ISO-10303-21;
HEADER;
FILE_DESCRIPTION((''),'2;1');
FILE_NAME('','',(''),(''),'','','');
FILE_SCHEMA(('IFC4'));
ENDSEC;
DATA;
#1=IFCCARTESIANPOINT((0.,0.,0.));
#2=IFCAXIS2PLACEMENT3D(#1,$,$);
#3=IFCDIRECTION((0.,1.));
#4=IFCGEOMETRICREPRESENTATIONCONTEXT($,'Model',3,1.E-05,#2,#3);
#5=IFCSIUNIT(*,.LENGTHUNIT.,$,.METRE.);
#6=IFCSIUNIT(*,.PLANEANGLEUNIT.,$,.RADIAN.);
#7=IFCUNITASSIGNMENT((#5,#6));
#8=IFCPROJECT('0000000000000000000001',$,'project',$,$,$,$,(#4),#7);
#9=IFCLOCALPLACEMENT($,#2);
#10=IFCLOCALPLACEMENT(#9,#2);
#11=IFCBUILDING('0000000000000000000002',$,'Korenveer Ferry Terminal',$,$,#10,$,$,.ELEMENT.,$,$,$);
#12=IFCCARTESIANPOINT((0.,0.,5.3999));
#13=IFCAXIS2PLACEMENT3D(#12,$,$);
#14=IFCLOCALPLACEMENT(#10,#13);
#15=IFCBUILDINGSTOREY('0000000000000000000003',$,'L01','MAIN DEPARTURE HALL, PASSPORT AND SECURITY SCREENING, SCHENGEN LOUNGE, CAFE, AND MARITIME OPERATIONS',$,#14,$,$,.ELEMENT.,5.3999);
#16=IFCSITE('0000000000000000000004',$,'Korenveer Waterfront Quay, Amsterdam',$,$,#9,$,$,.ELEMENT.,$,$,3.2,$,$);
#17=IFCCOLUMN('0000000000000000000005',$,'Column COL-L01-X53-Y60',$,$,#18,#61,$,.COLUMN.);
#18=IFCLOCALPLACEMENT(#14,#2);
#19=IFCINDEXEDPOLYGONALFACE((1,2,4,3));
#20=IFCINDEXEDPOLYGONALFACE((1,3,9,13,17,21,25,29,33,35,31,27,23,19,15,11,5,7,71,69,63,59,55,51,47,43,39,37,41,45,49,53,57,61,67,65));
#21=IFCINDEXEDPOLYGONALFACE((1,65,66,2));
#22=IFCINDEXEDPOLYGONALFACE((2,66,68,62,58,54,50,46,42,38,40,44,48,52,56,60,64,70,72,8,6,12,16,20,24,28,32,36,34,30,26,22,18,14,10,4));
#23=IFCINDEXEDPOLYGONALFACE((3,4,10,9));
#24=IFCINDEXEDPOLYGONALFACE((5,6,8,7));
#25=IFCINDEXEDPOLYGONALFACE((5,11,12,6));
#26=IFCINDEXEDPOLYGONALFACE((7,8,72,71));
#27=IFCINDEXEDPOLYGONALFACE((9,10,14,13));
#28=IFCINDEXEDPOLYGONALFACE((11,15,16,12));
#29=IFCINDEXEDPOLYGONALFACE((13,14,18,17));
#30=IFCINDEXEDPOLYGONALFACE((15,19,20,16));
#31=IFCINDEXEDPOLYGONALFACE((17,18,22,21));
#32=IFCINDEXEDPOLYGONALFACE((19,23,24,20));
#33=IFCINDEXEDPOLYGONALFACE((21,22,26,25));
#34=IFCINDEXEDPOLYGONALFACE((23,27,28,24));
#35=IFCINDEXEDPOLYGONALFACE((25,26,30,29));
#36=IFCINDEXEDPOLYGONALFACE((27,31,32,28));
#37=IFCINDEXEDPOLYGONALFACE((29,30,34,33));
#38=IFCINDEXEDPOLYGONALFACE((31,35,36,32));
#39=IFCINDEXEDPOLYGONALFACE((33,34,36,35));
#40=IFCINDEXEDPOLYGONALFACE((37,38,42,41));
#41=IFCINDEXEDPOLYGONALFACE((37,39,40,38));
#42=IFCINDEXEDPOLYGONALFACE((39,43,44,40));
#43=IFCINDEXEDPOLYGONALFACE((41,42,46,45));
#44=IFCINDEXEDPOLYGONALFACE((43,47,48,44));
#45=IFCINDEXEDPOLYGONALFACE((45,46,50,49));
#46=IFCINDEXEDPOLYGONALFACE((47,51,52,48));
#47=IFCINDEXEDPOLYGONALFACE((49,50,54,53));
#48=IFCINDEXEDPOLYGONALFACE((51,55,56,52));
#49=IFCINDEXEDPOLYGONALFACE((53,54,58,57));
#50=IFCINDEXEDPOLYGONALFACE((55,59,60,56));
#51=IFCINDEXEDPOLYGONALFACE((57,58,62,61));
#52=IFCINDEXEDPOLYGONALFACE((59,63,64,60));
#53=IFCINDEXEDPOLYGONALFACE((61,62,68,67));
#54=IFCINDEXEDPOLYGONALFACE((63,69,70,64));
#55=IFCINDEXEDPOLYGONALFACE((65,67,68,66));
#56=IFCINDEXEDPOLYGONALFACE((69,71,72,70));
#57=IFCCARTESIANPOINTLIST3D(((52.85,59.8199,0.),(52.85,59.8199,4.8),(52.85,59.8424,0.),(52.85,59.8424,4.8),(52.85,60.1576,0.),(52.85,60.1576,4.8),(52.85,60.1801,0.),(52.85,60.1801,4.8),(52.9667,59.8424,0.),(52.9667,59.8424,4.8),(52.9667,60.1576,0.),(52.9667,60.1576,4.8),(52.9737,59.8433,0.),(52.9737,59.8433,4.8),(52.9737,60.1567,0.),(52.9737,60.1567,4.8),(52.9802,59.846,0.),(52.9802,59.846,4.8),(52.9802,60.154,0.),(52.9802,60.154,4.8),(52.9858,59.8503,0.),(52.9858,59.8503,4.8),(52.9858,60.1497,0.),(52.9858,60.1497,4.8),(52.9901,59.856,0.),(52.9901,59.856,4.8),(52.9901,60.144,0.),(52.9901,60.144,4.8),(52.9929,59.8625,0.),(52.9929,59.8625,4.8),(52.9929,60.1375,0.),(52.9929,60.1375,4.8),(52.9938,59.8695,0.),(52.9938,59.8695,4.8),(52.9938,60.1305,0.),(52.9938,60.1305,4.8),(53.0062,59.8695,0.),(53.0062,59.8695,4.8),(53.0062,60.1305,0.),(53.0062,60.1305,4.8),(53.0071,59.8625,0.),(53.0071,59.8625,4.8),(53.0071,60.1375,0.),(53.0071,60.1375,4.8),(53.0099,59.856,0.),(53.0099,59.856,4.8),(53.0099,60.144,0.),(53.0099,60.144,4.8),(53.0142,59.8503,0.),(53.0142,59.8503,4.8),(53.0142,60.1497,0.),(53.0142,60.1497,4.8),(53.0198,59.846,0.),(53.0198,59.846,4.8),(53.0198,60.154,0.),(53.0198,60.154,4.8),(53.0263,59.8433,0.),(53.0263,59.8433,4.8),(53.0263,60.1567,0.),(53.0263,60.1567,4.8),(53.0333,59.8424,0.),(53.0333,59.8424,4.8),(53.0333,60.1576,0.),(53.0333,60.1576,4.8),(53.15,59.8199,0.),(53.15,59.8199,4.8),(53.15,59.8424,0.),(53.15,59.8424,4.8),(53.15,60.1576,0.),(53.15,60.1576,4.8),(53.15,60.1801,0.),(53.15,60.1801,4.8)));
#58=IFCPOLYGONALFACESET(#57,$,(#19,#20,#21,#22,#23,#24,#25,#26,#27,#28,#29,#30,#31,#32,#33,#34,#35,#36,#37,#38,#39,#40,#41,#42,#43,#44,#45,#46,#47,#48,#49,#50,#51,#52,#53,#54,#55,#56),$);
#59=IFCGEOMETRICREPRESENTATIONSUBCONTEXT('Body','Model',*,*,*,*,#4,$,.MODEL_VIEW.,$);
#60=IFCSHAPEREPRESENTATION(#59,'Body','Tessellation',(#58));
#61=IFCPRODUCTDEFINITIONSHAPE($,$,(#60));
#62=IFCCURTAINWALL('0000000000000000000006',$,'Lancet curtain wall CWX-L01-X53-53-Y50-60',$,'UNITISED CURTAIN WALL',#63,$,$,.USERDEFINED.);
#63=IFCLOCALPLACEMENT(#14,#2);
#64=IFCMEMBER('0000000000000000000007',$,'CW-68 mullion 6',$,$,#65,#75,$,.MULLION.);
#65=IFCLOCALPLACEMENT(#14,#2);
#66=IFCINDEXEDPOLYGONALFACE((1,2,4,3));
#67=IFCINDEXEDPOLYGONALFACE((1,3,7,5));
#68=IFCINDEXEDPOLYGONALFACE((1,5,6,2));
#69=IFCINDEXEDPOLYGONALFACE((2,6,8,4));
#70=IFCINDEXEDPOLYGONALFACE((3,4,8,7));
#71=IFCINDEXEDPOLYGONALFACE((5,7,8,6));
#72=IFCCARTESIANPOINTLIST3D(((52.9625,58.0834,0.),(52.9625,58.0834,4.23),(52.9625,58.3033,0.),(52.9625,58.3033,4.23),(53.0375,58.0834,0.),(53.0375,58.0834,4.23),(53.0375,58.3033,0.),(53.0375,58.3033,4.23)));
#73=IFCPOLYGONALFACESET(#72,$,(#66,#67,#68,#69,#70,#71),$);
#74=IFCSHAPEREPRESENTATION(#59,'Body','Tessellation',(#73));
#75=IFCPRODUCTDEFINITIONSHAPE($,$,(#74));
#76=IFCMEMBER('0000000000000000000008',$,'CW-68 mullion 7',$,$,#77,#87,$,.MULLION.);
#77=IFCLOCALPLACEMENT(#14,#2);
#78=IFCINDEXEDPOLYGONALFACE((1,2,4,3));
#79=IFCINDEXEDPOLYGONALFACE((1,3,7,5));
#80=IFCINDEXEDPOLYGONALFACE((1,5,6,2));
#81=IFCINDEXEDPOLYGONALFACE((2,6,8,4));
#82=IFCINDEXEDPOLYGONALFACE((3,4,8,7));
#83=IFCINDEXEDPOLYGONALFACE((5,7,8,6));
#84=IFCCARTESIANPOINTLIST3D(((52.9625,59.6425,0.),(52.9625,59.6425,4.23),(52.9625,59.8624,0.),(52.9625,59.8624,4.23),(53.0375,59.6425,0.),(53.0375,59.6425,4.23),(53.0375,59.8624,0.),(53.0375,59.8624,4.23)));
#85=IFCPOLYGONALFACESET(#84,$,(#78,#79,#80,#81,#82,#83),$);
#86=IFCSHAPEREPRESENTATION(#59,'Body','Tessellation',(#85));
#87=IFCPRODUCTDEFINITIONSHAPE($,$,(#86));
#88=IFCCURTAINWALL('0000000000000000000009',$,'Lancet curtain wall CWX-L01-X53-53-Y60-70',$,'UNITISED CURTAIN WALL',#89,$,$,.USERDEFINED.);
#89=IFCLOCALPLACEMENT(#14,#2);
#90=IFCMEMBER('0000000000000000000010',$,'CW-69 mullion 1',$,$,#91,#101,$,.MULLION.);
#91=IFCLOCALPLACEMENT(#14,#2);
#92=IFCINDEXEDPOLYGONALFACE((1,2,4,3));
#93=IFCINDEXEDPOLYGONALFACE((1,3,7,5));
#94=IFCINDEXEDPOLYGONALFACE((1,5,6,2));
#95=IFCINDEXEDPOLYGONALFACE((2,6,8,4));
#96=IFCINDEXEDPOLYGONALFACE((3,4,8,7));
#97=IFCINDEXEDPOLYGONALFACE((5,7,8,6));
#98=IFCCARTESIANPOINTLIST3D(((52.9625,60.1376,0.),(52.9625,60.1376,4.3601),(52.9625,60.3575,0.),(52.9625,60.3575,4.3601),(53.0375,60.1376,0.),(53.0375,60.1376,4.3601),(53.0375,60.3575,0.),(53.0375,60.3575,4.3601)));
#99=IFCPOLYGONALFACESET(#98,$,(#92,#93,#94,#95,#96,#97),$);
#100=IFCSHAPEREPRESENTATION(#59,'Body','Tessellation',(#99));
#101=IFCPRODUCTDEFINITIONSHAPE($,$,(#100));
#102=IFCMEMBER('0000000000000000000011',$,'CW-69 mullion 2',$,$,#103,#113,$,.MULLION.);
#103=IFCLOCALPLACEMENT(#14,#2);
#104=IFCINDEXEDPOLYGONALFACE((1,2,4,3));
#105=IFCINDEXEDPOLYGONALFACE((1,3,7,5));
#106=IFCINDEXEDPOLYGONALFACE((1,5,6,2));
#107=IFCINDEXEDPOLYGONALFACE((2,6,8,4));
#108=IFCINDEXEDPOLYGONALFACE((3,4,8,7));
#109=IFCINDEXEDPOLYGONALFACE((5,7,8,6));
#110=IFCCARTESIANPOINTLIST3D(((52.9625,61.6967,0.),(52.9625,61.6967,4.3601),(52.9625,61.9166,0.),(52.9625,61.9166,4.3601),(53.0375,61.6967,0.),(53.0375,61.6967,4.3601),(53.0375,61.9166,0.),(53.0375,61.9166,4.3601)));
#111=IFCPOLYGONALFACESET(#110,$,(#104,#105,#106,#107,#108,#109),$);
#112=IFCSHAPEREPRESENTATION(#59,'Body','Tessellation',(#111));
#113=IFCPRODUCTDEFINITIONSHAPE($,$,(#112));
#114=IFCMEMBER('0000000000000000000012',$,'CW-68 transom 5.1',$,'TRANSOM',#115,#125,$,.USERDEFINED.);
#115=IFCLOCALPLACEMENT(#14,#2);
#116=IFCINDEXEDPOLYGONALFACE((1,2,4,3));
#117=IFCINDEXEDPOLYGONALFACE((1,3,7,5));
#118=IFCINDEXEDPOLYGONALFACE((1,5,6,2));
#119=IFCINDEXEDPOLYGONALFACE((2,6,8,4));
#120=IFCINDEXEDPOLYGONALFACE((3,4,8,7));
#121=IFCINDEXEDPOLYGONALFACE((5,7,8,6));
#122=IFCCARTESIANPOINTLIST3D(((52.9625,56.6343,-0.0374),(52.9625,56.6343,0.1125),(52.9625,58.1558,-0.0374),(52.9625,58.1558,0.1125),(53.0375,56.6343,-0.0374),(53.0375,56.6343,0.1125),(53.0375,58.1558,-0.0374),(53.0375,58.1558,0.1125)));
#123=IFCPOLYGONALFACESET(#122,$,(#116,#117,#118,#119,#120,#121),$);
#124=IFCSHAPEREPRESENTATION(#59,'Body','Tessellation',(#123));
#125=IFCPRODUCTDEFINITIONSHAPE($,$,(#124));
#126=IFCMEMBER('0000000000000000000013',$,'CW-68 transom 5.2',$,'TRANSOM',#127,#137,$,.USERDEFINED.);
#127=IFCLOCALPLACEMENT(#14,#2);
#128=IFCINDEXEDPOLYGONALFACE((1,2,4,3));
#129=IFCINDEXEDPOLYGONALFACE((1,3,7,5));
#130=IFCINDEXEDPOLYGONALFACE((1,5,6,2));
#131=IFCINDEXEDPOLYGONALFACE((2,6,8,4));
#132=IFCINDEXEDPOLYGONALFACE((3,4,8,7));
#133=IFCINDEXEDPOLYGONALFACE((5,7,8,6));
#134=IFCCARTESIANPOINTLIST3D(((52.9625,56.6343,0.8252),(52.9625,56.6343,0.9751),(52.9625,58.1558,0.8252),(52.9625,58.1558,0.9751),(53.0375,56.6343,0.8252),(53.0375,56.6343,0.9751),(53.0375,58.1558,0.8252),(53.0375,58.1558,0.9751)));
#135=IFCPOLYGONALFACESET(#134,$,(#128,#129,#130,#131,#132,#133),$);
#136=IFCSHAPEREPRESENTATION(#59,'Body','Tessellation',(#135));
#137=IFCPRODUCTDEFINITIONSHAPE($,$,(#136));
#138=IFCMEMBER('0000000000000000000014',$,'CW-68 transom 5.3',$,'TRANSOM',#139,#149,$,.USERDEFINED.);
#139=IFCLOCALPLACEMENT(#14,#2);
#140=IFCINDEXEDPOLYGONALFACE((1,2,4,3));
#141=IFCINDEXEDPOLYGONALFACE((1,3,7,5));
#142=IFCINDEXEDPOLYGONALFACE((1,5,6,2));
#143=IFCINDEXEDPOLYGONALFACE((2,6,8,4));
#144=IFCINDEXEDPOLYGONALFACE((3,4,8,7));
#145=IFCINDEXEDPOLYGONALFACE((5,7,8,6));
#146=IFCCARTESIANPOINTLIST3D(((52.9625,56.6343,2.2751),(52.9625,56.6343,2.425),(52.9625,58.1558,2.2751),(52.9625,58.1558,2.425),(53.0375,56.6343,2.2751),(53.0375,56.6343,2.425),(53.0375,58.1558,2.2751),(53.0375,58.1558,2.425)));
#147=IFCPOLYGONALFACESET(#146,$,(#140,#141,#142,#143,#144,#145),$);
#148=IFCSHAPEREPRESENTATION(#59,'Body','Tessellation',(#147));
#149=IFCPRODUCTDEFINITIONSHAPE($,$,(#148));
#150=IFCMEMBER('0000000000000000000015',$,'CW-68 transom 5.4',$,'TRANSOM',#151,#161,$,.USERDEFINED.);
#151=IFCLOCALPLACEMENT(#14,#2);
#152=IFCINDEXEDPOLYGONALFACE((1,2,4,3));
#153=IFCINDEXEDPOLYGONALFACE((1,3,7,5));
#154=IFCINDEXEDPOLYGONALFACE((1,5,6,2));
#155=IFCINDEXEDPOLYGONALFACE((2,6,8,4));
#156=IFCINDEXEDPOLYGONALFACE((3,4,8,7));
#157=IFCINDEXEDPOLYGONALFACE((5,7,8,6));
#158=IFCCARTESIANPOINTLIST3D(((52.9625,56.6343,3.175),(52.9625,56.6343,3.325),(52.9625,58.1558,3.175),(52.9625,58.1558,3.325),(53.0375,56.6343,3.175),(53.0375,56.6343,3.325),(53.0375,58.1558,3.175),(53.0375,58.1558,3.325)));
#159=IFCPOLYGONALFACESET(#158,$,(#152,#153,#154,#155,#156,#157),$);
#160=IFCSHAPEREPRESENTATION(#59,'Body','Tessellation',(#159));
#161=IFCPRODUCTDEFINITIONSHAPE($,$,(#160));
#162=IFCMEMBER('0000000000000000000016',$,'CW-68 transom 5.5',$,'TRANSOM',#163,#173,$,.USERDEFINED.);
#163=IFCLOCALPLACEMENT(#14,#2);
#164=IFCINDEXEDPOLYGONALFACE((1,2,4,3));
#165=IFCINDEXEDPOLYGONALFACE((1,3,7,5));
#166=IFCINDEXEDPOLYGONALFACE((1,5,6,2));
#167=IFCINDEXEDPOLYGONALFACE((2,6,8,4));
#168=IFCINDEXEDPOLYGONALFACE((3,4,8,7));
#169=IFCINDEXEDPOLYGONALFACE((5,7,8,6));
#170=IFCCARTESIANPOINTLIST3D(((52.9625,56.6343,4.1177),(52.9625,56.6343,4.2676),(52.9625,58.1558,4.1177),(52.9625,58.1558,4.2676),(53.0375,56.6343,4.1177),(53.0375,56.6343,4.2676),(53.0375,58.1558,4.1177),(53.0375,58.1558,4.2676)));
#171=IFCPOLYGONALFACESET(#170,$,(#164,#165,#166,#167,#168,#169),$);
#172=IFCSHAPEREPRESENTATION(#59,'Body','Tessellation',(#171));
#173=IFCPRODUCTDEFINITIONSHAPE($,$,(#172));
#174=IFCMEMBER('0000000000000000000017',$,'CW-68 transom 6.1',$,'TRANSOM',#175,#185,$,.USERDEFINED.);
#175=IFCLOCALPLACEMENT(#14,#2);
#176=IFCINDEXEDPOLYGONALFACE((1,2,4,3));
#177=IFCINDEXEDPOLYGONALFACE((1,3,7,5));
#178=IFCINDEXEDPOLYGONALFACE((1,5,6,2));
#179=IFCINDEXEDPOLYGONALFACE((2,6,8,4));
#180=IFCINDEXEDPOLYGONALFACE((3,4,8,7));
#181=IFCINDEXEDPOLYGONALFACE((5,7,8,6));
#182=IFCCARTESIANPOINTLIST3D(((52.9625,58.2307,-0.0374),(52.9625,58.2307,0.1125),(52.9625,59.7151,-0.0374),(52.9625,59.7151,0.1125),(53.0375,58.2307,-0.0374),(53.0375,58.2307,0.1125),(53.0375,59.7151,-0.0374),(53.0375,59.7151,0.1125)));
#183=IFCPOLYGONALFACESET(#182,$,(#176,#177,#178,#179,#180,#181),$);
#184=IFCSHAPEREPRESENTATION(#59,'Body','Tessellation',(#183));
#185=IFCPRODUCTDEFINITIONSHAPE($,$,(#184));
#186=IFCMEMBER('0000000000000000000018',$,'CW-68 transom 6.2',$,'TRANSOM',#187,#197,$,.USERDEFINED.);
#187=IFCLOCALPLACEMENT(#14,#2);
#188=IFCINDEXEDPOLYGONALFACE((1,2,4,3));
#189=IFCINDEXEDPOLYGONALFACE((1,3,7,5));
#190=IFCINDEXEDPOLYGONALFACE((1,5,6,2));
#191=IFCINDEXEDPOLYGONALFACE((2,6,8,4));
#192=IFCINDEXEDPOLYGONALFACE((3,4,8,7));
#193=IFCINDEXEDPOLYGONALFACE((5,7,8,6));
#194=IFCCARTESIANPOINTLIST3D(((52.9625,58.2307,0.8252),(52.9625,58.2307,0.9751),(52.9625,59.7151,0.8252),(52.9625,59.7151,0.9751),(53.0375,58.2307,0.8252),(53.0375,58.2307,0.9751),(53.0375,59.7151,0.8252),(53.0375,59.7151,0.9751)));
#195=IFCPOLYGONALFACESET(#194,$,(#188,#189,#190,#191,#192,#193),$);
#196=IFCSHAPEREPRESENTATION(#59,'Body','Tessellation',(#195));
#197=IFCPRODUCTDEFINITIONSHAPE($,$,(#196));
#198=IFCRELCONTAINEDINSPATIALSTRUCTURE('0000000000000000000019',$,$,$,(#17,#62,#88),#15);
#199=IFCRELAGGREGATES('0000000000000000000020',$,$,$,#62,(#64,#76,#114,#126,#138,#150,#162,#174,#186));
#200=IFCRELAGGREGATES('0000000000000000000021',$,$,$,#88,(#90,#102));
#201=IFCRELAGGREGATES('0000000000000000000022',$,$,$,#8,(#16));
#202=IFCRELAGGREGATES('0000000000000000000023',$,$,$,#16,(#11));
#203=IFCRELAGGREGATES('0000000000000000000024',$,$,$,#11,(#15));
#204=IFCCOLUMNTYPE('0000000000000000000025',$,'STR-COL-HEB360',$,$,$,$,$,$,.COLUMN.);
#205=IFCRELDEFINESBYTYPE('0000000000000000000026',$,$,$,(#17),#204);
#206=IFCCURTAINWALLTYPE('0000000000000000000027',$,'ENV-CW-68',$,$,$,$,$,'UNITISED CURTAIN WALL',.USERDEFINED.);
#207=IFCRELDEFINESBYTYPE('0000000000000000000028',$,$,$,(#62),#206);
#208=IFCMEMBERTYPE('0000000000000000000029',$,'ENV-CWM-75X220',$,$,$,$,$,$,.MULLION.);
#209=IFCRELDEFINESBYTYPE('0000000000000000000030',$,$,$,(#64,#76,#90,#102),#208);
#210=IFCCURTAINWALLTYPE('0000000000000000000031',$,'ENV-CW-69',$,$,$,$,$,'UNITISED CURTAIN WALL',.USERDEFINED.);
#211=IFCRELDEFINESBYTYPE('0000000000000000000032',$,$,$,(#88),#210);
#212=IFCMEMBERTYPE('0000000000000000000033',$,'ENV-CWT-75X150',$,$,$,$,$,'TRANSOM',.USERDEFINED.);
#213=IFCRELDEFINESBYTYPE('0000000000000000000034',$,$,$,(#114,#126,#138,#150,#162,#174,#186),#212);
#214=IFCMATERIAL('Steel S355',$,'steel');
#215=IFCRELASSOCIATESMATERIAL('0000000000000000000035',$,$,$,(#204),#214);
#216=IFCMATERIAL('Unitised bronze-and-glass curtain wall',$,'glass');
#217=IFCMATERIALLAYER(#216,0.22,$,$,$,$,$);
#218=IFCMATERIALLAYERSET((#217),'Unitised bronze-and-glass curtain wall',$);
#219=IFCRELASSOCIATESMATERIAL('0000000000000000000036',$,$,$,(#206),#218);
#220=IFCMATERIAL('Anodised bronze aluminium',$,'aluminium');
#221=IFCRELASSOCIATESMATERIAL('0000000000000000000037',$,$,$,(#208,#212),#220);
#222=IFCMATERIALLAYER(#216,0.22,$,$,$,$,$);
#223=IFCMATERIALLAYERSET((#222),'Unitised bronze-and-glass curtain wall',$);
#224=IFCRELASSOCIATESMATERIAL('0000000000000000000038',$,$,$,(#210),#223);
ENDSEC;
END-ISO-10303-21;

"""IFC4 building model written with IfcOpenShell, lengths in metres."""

from ifc_helpers import new_model, si_unit, direction, frame, origin, origin_2d, place, context, subcontext, project, spatial, rectangle, i_section, extrude, material, layer, layer_set, material_profile, profile_set, type_object, element, aggregate, save


model = new_model("IFC4")

# Units and contexts
model_context = context("Model", 3, precision=1e-05, world=origin(), true_north=direction((0.0, 1.0)))
body_context = subcontext(model_context, "Body", "Model", "MODEL_VIEW")
ifc_project = project(units=[si_unit("LENGTHUNIT", "METRE"), si_unit("PLANEANGLEUNIT", "RADIAN")], contexts=[model_context])

# Site, building, storey
site_placement = place(None, origin())
site = spatial("IfcSite", under=ifc_project, at=site_placement, Name="Korenveer Waterfront Quay, Amsterdam", CompositionType="ELEMENT", RefElevation=3.2)
building_placement = place(site_placement, origin())
building = spatial("IfcBuilding", under=site, at=building_placement, Name="Korenveer Ferry Terminal", CompositionType="ELEMENT")
storey_placement = place(building_placement, frame((0.0, 0.0, 5.3999)))
storey = spatial("IfcBuildingStorey", under=building, at=storey_placement, Name="L01", Description="MAIN DEPARTURE HALL, PASSPORT AND SECURITY SCREENING, SCHENGEN LOUNGE, CAFE, AND MARITIME OPERATIONS", CompositionType="ELEMENT", Elevation=5.3999)

# Column
ifc_material_1 = material(Name="Steel S355", Category="steel")
ifc_material_profile_1 = material_profile(ifc_material_1, i_section(OverallWidth=0.3, OverallDepth=0.3601, WebThickness=0.0125, FlangeThickness=0.0225, FilletRadius=0.0271, at=origin_2d()), Name="HEB 360")
ifc_profile_set_1 = profile_set([ifc_material_profile_1], Name="Steel S355")
column_type = type_object("IfcColumnType", Name="STR-COL-HEB360", PredefinedType="COLUMN", material=ifc_profile_set_1)
column_placement = place(storey_placement, frame((53.0, 60.0, 0.0), z_axis=(0.0, 0.0, 1.0), x_axis=(1.0, 0.0, 0.0)))
element("IfcColumn", 1, at=column_placement, inside=storey, type_object=column_type, Name="Column COL-L01-X53-Y60", PredefinedType="COLUMN", context=body_context, shape_type="SweptSolid", body=[
    extrude(i_section(OverallWidth=0.3, OverallDepth=0.3601, WebThickness=0.0125, FlangeThickness=0.0225, FilletRadius=0.0271, at=origin_2d()), origin(), (0.0, 0.0, 1.0), 4.8),
])

# Curtain walls, members
ifc_material_2 = material(Name="Unitised bronze-and-glass curtain wall", Category="glass")
ifc_layer_1 = layer(ifc_material_2, 0.22)
ifc_layer_set_1 = layer_set([ifc_layer_1], Name="Unitised bronze-and-glass curtain wall")
curtain_wall_type_1 = type_object("IfcCurtainWallType", Name="ENV-CW-68", ElementType="UNITISED CURTAIN WALL", PredefinedType="USERDEFINED", material=ifc_layer_set_1)
curtain_wall_1_placement = place(storey_placement, frame((53.0, 50.21, 0.0)))
curtain_wall_1 = element("IfcCurtainWall", 2, at=curtain_wall_1_placement, inside=storey, type_object=curtain_wall_type_1, Name="Lancet curtain wall CWX-L01-X53-53-Y50-60", ObjectType="UNITISED CURTAIN WALL", PredefinedType="USERDEFINED")
ifc_material_3 = material(Name="Anodised bronze aluminium", Category="aluminium")
ifc_material_profile_2 = material_profile(ifc_material_3, rectangle(XDim=0.075, YDim=0.22, at=origin_2d()), Name="ALU 75x220")
ifc_profile_set_2 = profile_set([ifc_material_profile_2], Name="Anodised bronze aluminium")
member_type_1 = type_object("IfcMemberType", Name="ENV-CWM-75X220", PredefinedType="MULLION", material=ifc_profile_set_2)
member_1_placement = place(storey_placement, frame((53.0, 58.1934, 0.0), z_axis=(0.0, 0.0, 1.0), x_axis=(-1.0, 0.0, 0.0)))
member_1 = element("IfcMember", 3, at=member_1_placement, type_object=member_type_1, Name="CW-68 mullion 6", PredefinedType="MULLION", context=body_context, shape_type="SweptSolid", body=[
    extrude(rectangle(XDim=0.075, YDim=0.22, at=origin_2d()), origin(), (0.0, 0.0, 1.0), 4.23),
])
member_2_placement = place(storey_placement, frame((53.0, 59.7524, 0.0), z_axis=(0.0, 0.0, 1.0), x_axis=(-1.0, 0.0, 0.0)))
member_2 = element("IfcMember", 4, at=member_2_placement, type_object=member_type_1, Name="CW-68 mullion 7", PredefinedType="MULLION", context=body_context, shape_type="SweptSolid", body=[
    extrude(rectangle(XDim=0.075, YDim=0.22, at=origin_2d()), origin(), (0.0, 0.0, 1.0), 4.23),
])
ifc_layer_2 = layer(ifc_material_2, 0.22)
ifc_layer_set_2 = layer_set([ifc_layer_2], Name="Unitised bronze-and-glass curtain wall")
curtain_wall_type_2 = type_object("IfcCurtainWallType", Name="ENV-CW-69", ElementType="UNITISED CURTAIN WALL", PredefinedType="USERDEFINED", material=ifc_layer_set_2)
curtain_wall_2_placement = place(storey_placement, frame((53.0, 60.21, 0.0)))
curtain_wall_2 = element("IfcCurtainWall", 5, at=curtain_wall_2_placement, inside=storey, type_object=curtain_wall_type_2, Name="Lancet curtain wall CWX-L01-X53-53-Y60-70", ObjectType="UNITISED CURTAIN WALL", PredefinedType="USERDEFINED")
member_3_placement = place(storey_placement, frame((53.0, 60.2476, 0.0), z_axis=(0.0, 0.0, 1.0), x_axis=(-1.0, 0.0, 0.0)))
member_3 = element("IfcMember", 6, at=member_3_placement, type_object=member_type_1, Name="CW-69 mullion 1", PredefinedType="MULLION", context=body_context, shape_type="SweptSolid", body=[
    extrude(rectangle(XDim=0.075, YDim=0.22, at=origin_2d()), origin(), (0.0, 0.0, 1.0), 4.3601),
])
member_4_placement = place(storey_placement, frame((53.0, 61.8066, 0.0), z_axis=(0.0, 0.0, 1.0), x_axis=(-1.0, 0.0, 0.0)))
member_4 = element("IfcMember", 7, at=member_4_placement, type_object=member_type_1, Name="CW-69 mullion 2", PredefinedType="MULLION", context=body_context, shape_type="SweptSolid", body=[
    extrude(rectangle(XDim=0.075, YDim=0.22, at=origin_2d()), origin(), (0.0, 0.0, 1.0), 4.3601),
])

# Members
ifc_material_profile_3 = material_profile(ifc_material_3, rectangle(XDim=0.075, YDim=0.1499, at=origin_2d()), Name="ALU 75x150")
ifc_profile_set_3 = profile_set([ifc_material_profile_3], Name="Anodised bronze aluminium")
member_type_2 = type_object("IfcMemberType", Name="ENV-CWT-75X150", ElementType="TRANSOM", PredefinedType="USERDEFINED", material=ifc_profile_set_3)
member_5_placement = place(storey_placement, frame((53.0, 56.6343, 0.0376), z_axis=(0.0, 1.0, 0.0), x_axis=(-1.0, 0.0, 0.0)))
member_5 = element("IfcMember", 8, at=member_5_placement, type_object=member_type_2, Name="CW-68 transom 5.1", ObjectType="TRANSOM", PredefinedType="USERDEFINED", context=body_context, shape_type="SweptSolid", body=[
    extrude(rectangle(XDim=0.075, YDim=0.1499, at=origin_2d()), origin(), (0.0, 0.0, 1.0), 1.5215),
])
member_6_placement = place(storey_placement, frame((53.0, 56.6343, 0.9001), z_axis=(0.0, 1.0, 0.0), x_axis=(-1.0, 0.0, 0.0)))
member_6 = element("IfcMember", 9, at=member_6_placement, type_object=member_type_2, Name="CW-68 transom 5.2", ObjectType="TRANSOM", PredefinedType="USERDEFINED", context=body_context, shape_type="SweptSolid", body=[
    extrude(rectangle(XDim=0.075, YDim=0.1499, at=origin_2d()), origin(), (0.0, 0.0, 1.0), 1.5215),
])
member_7_placement = place(storey_placement, frame((53.0, 56.6343, 2.3501), z_axis=(0.0, 1.0, 0.0), x_axis=(-1.0, 0.0, 0.0)))
member_7 = element("IfcMember", 10, at=member_7_placement, type_object=member_type_2, Name="CW-68 transom 5.3", ObjectType="TRANSOM", PredefinedType="USERDEFINED", context=body_context, shape_type="SweptSolid", body=[
    extrude(rectangle(XDim=0.075, YDim=0.1499, at=origin_2d()), origin(), (0.0, 0.0, 1.0), 1.5215),
])
member_8_placement = place(storey_placement, frame((53.0, 56.6343, 3.25), z_axis=(0.0, 1.0, 0.0), x_axis=(-1.0, 0.0, 0.0)))
member_8 = element("IfcMember", 11, at=member_8_placement, type_object=member_type_2, Name="CW-68 transom 5.4", ObjectType="TRANSOM", PredefinedType="USERDEFINED", context=body_context, shape_type="SweptSolid", body=[
    extrude(rectangle(XDim=0.075, YDim=0.1499, at=origin_2d()), origin(), (0.0, 0.0, 1.0), 1.5215),
])
member_9_placement = place(storey_placement, frame((53.0, 56.6343, 4.1926), z_axis=(0.0, 1.0, 0.0), x_axis=(-1.0, 0.0, 0.0)))
member_9 = element("IfcMember", 12, at=member_9_placement, type_object=member_type_2, Name="CW-68 transom 5.5", ObjectType="TRANSOM", PredefinedType="USERDEFINED", context=body_context, shape_type="SweptSolid", body=[
    extrude(rectangle(XDim=0.075, YDim=0.1499, at=origin_2d()), origin(), (0.0, 0.0, 1.0), 1.5215),
])
member_10_placement = place(storey_placement, frame((53.0, 58.2307, 0.0376), z_axis=(0.0, 1.0, 0.0), x_axis=(-1.0, 0.0, 0.0)))
member_10 = element("IfcMember", 13, at=member_10_placement, type_object=member_type_2, Name="CW-68 transom 6.1", ObjectType="TRANSOM", PredefinedType="USERDEFINED", context=body_context, shape_type="SweptSolid", body=[
    extrude(rectangle(XDim=0.075, YDim=0.1499, at=origin_2d()), origin(), (0.0, 0.0, 1.0), 1.4844),
])
member_11_placement = place(storey_placement, frame((53.0, 58.2307, 0.9001), z_axis=(0.0, 1.0, 0.0), x_axis=(-1.0, 0.0, 0.0)))
member_11 = element("IfcMember", 14, at=member_11_placement, type_object=member_type_2, Name="CW-68 transom 6.2", ObjectType="TRANSOM", PredefinedType="USERDEFINED", context=body_context, shape_type="SweptSolid", body=[
    extrude(rectangle(XDim=0.075, YDim=0.1499, at=origin_2d()), origin(), (0.0, 0.0, 1.0), 1.4844),
])

aggregate(curtain_wall_1, [member_1, member_2, member_5, member_6, member_7, member_8, member_9, member_10, member_11])
aggregate(curtain_wall_2, [member_3, member_4])

save(model, "model.ifc")
